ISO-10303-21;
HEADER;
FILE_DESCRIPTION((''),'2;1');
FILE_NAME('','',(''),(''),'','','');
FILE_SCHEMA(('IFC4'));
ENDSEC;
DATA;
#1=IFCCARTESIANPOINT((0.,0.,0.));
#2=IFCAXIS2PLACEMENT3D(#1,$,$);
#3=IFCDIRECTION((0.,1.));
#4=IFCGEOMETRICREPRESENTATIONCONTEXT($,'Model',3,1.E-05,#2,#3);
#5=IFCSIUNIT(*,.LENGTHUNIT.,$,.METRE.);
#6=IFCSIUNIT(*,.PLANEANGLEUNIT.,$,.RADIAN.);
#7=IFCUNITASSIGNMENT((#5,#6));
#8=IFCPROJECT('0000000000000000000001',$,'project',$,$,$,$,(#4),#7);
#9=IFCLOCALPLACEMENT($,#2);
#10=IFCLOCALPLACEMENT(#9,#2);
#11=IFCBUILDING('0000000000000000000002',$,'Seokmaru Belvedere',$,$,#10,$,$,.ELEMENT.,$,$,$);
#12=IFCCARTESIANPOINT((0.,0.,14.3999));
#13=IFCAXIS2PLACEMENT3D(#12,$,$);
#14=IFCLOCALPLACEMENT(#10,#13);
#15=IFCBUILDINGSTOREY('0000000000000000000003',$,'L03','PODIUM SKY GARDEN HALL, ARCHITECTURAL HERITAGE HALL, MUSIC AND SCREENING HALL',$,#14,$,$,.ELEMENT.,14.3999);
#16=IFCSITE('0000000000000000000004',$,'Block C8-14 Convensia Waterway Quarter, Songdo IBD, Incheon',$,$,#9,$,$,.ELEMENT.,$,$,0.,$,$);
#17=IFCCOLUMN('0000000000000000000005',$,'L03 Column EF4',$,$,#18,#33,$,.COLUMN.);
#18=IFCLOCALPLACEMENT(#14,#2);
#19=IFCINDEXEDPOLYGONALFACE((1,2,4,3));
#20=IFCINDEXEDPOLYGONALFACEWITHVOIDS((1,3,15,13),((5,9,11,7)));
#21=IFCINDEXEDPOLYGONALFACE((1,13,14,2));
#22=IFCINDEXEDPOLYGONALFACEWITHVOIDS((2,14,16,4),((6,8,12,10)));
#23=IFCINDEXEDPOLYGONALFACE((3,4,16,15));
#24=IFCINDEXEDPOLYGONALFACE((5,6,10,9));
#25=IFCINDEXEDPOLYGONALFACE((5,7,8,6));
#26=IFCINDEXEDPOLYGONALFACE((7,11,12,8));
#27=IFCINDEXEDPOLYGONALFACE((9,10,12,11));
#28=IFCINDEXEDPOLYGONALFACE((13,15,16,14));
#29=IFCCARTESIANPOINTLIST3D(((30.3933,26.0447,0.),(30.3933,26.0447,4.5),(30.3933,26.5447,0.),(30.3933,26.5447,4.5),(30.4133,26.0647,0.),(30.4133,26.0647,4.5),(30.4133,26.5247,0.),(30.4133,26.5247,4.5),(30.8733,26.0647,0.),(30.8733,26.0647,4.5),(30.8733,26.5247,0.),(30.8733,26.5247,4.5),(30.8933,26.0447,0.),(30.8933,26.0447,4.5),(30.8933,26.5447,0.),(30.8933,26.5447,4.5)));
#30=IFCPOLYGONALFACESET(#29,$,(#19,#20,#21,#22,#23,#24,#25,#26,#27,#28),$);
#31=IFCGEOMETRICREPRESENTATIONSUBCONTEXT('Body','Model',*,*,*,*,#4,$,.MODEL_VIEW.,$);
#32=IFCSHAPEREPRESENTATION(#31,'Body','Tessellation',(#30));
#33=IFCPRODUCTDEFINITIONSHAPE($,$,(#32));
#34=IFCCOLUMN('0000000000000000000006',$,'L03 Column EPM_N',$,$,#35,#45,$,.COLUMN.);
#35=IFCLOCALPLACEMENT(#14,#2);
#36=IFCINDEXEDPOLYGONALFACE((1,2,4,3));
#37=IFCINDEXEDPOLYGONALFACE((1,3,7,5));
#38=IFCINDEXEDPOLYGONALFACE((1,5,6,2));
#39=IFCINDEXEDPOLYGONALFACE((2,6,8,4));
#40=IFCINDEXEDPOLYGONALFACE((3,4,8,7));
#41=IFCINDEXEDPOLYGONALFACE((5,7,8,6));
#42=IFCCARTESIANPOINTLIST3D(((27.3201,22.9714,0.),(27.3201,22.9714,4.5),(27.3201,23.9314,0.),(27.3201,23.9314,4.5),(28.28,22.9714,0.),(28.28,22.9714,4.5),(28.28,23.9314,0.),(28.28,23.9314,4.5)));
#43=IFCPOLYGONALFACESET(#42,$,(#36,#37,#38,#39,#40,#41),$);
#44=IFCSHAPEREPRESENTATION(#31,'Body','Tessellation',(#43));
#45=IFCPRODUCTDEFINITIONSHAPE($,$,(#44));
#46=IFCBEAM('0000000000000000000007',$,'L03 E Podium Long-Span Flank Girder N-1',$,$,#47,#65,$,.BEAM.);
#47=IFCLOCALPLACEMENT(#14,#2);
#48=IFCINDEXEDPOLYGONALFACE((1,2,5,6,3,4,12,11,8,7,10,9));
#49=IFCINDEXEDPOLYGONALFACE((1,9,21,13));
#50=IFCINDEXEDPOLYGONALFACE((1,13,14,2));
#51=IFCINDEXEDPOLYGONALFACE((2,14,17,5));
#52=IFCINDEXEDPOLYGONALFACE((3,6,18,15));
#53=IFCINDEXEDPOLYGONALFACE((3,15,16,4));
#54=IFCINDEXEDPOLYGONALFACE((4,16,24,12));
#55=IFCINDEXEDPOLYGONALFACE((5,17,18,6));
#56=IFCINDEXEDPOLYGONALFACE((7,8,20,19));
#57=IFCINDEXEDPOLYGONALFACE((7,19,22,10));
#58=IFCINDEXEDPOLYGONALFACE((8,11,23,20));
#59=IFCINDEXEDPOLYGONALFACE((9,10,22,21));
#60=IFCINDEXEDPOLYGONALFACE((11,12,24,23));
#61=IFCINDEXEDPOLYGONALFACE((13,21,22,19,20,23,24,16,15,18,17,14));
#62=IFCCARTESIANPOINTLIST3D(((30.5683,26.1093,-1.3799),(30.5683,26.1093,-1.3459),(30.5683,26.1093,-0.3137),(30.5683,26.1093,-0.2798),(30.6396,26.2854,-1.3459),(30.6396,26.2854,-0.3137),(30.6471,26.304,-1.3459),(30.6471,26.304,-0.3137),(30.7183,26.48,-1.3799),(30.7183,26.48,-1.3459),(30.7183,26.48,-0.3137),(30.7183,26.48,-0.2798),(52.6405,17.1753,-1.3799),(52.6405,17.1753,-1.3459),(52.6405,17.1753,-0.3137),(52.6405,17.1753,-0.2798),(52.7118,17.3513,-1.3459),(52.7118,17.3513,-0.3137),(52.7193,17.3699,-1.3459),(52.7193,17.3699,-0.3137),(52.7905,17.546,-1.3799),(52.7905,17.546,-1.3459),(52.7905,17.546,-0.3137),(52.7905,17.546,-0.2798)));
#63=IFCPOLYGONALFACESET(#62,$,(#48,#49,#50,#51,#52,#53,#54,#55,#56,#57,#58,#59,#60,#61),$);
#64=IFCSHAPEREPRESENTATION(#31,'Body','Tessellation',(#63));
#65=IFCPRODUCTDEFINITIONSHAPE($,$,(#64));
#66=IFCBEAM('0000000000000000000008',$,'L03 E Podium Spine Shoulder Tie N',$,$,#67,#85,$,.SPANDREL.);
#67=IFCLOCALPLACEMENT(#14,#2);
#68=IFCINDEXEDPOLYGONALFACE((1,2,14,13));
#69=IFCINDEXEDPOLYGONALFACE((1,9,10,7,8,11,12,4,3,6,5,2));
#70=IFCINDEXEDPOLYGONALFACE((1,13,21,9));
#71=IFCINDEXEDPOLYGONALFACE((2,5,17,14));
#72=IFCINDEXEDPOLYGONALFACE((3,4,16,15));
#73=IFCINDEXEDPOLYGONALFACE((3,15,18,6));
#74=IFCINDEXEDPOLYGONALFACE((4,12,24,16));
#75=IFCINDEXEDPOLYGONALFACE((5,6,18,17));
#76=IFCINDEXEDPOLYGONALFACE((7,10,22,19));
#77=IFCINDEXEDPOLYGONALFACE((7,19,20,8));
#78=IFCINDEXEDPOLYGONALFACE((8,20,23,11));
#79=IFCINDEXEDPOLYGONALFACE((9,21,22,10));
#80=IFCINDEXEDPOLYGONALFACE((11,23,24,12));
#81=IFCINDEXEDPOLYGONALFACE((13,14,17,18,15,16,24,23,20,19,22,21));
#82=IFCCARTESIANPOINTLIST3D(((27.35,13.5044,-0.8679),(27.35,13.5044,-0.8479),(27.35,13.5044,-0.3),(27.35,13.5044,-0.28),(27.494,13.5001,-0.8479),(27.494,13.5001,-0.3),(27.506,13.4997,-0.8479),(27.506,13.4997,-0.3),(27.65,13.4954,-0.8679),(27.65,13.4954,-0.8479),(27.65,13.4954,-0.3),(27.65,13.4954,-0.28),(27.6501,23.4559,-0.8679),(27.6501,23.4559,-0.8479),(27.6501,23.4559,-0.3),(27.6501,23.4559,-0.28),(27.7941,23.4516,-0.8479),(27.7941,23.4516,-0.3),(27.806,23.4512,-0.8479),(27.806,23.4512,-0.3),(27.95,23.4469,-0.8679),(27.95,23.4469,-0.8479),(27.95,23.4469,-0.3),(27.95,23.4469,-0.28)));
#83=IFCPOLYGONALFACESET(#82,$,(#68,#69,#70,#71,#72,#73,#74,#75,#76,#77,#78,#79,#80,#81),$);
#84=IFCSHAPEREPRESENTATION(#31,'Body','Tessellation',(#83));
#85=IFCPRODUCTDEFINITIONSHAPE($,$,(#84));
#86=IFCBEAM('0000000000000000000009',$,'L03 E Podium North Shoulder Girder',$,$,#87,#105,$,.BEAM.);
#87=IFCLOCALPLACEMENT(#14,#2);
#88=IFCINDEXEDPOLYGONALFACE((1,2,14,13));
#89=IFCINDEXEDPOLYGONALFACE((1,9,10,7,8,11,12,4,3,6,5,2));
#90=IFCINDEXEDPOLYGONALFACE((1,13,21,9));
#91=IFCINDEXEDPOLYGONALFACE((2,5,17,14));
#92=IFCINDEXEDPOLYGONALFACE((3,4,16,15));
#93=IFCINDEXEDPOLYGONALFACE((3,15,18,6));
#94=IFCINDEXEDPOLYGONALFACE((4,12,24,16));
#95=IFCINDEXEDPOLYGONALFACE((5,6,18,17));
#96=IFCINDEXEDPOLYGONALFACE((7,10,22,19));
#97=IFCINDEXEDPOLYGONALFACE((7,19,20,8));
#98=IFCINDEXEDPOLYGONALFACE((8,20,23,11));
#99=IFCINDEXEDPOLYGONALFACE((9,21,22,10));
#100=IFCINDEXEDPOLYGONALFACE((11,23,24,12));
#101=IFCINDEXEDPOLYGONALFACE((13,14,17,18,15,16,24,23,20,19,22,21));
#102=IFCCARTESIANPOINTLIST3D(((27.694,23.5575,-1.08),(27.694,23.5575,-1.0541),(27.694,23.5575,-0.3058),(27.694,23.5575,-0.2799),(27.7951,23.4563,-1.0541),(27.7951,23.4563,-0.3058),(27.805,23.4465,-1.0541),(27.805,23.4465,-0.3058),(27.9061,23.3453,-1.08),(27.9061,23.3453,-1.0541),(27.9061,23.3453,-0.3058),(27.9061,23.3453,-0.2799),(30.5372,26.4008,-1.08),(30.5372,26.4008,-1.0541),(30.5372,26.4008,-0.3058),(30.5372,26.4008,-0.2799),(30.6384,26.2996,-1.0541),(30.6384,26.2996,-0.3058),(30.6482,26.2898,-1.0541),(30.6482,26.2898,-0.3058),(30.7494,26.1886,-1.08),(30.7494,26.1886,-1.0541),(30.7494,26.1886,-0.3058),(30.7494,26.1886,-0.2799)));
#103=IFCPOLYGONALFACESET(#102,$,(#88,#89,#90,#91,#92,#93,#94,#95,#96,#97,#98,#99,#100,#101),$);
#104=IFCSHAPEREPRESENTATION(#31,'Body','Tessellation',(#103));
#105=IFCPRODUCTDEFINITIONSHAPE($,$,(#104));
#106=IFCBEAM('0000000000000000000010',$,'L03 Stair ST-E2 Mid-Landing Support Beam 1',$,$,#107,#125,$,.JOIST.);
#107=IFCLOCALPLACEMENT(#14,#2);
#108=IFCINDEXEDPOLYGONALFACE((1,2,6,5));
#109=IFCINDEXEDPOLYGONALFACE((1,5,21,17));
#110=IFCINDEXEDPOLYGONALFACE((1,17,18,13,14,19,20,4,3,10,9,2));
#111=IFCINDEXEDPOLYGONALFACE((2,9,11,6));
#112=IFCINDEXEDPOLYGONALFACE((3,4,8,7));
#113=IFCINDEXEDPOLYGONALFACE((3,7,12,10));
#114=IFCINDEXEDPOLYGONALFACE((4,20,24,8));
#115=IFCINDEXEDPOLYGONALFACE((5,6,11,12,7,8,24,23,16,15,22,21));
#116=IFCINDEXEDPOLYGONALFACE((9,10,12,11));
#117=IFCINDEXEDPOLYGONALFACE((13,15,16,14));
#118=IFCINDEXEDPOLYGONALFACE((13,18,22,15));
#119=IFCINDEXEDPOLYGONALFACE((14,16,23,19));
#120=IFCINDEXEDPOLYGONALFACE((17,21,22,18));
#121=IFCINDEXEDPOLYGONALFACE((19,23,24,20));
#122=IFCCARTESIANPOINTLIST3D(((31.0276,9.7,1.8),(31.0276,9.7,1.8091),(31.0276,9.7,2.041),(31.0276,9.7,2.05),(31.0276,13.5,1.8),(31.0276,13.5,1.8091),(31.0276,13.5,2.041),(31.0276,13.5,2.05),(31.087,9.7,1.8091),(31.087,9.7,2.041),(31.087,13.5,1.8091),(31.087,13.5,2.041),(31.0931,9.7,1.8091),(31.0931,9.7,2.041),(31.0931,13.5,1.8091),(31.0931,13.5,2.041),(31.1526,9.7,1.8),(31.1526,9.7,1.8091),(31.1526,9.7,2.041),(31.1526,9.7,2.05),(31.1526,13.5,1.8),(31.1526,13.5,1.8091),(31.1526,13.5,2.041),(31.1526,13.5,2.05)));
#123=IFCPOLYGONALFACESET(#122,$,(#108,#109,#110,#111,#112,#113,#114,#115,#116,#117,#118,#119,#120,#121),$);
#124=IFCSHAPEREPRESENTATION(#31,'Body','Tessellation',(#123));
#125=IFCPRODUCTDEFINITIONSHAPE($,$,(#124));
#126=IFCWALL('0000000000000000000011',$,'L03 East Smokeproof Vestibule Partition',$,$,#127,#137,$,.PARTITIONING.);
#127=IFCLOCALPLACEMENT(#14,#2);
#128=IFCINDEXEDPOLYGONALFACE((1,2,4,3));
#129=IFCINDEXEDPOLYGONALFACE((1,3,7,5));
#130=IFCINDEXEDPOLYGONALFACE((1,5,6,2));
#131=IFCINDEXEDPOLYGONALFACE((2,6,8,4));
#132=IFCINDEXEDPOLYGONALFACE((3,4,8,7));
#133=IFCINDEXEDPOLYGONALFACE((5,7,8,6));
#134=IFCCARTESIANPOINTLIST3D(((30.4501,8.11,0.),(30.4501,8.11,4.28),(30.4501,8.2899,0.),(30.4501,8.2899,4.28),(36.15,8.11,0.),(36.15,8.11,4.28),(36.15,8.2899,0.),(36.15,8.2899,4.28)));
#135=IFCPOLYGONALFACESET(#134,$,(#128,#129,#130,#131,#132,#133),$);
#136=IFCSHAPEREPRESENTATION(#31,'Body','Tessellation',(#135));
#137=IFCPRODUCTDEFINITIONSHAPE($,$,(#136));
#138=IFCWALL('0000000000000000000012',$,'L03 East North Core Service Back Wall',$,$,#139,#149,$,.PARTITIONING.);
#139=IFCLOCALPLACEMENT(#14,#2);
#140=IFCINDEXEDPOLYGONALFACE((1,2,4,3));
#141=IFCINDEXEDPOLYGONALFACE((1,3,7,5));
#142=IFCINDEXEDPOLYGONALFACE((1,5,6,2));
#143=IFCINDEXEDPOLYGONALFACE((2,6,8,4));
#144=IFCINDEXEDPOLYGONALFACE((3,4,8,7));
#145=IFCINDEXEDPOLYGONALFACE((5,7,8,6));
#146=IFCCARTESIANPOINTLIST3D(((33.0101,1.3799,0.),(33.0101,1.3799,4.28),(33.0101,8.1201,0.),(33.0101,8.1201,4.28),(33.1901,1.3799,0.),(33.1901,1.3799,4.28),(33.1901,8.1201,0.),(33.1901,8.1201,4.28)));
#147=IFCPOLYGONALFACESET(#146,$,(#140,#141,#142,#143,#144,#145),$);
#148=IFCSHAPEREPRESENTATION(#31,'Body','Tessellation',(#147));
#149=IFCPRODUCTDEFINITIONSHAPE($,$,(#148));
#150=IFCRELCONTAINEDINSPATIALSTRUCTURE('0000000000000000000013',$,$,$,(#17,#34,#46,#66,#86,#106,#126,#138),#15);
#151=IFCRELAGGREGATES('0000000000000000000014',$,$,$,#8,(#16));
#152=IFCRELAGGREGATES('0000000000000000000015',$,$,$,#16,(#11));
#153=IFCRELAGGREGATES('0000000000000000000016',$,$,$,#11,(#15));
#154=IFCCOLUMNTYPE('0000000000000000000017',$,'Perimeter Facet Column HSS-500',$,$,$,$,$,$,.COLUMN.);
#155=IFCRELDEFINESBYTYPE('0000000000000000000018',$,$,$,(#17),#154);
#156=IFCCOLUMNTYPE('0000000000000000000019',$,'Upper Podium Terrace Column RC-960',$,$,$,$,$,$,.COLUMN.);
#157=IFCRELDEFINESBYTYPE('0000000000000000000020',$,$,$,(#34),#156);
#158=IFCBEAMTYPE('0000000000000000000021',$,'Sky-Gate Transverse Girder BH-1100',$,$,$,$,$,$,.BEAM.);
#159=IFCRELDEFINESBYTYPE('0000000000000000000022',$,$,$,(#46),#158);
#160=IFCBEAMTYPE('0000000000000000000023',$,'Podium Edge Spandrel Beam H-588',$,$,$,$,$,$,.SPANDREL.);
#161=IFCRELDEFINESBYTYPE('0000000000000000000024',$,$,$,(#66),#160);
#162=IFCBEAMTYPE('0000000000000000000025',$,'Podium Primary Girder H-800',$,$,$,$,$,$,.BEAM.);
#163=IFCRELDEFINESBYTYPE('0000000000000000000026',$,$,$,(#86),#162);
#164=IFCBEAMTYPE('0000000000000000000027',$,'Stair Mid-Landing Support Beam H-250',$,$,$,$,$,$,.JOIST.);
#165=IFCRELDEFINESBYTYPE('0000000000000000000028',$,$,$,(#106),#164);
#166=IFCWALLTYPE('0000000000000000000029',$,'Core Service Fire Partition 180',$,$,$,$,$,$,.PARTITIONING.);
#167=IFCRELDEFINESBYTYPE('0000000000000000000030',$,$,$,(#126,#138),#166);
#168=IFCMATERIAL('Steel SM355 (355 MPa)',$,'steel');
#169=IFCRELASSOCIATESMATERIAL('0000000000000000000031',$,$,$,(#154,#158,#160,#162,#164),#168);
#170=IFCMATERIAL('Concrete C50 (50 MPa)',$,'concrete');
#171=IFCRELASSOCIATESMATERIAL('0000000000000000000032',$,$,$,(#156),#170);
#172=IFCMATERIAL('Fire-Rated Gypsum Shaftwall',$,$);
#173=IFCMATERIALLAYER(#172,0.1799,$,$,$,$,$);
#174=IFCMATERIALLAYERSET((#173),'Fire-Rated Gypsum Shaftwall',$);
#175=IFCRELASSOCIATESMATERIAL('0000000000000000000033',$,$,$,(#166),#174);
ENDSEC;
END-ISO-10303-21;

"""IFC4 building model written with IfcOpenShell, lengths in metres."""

from ifc_helpers import new_model, si_unit, direction, frame, frame_2d, origin, origin_2d, place, context, subcontext, project, spatial, rectangle, hollow_rectangle, i_section, extrude, source, transform, mapped, material, layer, layer_set, material_profile, profile_set, type_object, type_shapes, element, save


model = new_model("IFC4")

# Units and contexts
model_context = context("Model", 3, precision=1e-05, world=origin(), true_north=direction((0.0, 1.0)))
body_context = subcontext(model_context, "Body", "Model", "MODEL_VIEW")
ifc_project = project(units=[si_unit("LENGTHUNIT", "METRE"), si_unit("PLANEANGLEUNIT", "RADIAN")], contexts=[model_context])

# Site, building, storey
site_placement = place(None, origin())
site = spatial("IfcSite", under=ifc_project, at=site_placement, Name="Block C8-14 Convensia Waterway Quarter, Songdo IBD, Incheon", CompositionType="ELEMENT", RefElevation=0.0)
building_placement = place(site_placement, origin())
building = spatial("IfcBuilding", under=site, at=building_placement, Name="Seokmaru Belvedere", CompositionType="ELEMENT")
storey_placement = place(building_placement, frame((0.0, 0.0, 14.3999)))
storey = spatial("IfcBuildingStorey", under=building, at=storey_placement, Name="L03", Description="PODIUM SKY GARDEN HALL, ARCHITECTURAL HERITAGE HALL, MUSIC AND SCREENING HALL", CompositionType="ELEMENT", Elevation=14.3999)

# Columns
ifc_material_1 = material(Name="Steel SM355 (355 MPa)", Category="steel")
ifc_material_profile_1 = material_profile(ifc_material_1, hollow_rectangle(XDim=0.5, YDim=0.5, WallThickness=0.02, at=origin_2d()), Name="HSS-500x500x20")
ifc_profile_set_1 = profile_set([ifc_material_profile_1], Name="Steel SM355 (355 MPa)")
column_type_1 = type_object("IfcColumnType", Name="Perimeter Facet Column HSS-500", PredefinedType="COLUMN", material=ifc_profile_set_1)
shared_shape_1 = source(origin(), body_context, "Body", "SweptSolid", [
    extrude(hollow_rectangle(XDim=0.5, YDim=0.5, WallThickness=0.02, at=origin_2d()), origin(), (0.0, 0.0, 1.0), 4.5),
])
type_shapes(column_type_1, [shared_shape_1])
column_1_placement = place(storey_placement, frame((30.6433, 26.2947, 0.0), z_axis=(0.0, 0.0, 1.0), x_axis=(1.0, 0.0, 0.0)))
element("IfcColumn", 1, at=column_1_placement, inside=storey, type_object=column_type_1, Name="L03 Column EF4", PredefinedType="COLUMN", context=body_context, shape_type="MappedRepresentation", body=[
    mapped(shared_shape_1, transform((0.0, 0.0, 0.0), scale=1.0)),
])
ifc_material_2 = material(Name="Concrete C50 (50 MPa)", Category="concrete")
ifc_material_profile_2 = material_profile(ifc_material_2, rectangle(XDim=0.96, YDim=0.96, at=origin_2d()), Name="RC-960x960")
ifc_profile_set_2 = profile_set([ifc_material_profile_2], Name="Concrete C50 (50 MPa)")
column_type_2 = type_object("IfcColumnType", Name="Upper Podium Terrace Column RC-960", PredefinedType="COLUMN", material=ifc_profile_set_2)
shared_shape_2 = source(origin(), body_context, "Body", "SweptSolid", [
    extrude(rectangle(XDim=0.96, YDim=0.96, at=origin_2d()), origin(), (0.0, 0.0, 1.0), 4.5),
])
type_shapes(column_type_2, [shared_shape_2])
column_2_placement = place(storey_placement, frame((27.8, 23.4514, 0.0), z_axis=(0.0, 0.0, 1.0), x_axis=(1.0, 0.0, 0.0)))
element("IfcColumn", 2, at=column_2_placement, inside=storey, type_object=column_type_2, Name="L03 Column EPM_N", PredefinedType="COLUMN", context=body_context, shape_type="MappedRepresentation", body=[
    mapped(shared_shape_2, transform((0.0, 0.0, 0.0), scale=1.0)),
])

# Beams
ifc_material_profile_3 = material_profile(ifc_material_1, i_section(OverallWidth=0.3999, OverallDepth=1.1001, WebThickness=0.02, FlangeThickness=0.0339, at=origin_2d()), Name="BH-1100x400x20x34")
ifc_profile_set_3 = profile_set([ifc_material_profile_3], Name="Steel SM355 (355 MPa)")
beam_type_1 = type_object("IfcBeamType", Name="Sky-Gate Transverse Girder BH-1100", PredefinedType="BEAM", material=ifc_profile_set_3)
shared_shape_3 = source(origin(), body_context, "Body", "SweptSolid", [
    extrude(i_section(OverallWidth=0.3999, OverallDepth=1.1001, WebThickness=0.02, FlangeThickness=0.0339, at=origin_2d()), origin(), (0.0, 0.0, 1.0), 23.8118),
])
type_shapes(beam_type_1, [shared_shape_3])
beam_1_placement = place(storey_placement, frame((30.6433, 26.2947, -0.8298), z_axis=(0.926946, -0.375195, 0.0), x_axis=(0.375195, 0.926946, 0.0)))
element("IfcBeam", 3, at=beam_1_placement, inside=storey, type_object=beam_type_1, Name="L03 E Podium Long-Span Flank Girder N-1", PredefinedType="BEAM", context=body_context, shape_type="MappedRepresentation", body=[
    mapped(shared_shape_3, transform((0.0, 0.0, 0.0), scale=1.0)),
])
ifc_material_profile_4 = material_profile(ifc_material_1, i_section(OverallWidth=0.3, OverallDepth=0.5879, WebThickness=0.012, FlangeThickness=0.02, at=origin_2d()), Name="H-588x300x12x20")
ifc_profile_set_4 = profile_set([ifc_material_profile_4], Name="Steel SM355 (355 MPa)")
beam_type_2 = type_object("IfcBeamType", Name="Podium Edge Spandrel Beam H-588", PredefinedType="SPANDREL", material=ifc_profile_set_4)
shared_shape_4 = source(origin(), body_context, "Body", "SweptSolid", [
    extrude(i_section(OverallWidth=0.3, OverallDepth=0.5879, WebThickness=0.012, FlangeThickness=0.02, at=origin_2d()), origin(), (0.0, 0.0, 1.0), 9.9561),
])
type_shapes(beam_type_2, [shared_shape_4])
beam_2_placement = place(storey_placement, frame((27.8, 23.4514, -0.574), z_axis=(-0.030138, -0.999546, 0.0), x_axis=(0.999546, -0.030138, 0.0)))
element("IfcBeam", 4, at=beam_2_placement, inside=storey, type_object=beam_type_2, Name="L03 E Podium Spine Shoulder Tie N", PredefinedType="SPANDREL", context=body_context, shape_type="MappedRepresentation", body=[
    mapped(shared_shape_4, transform((0.0, 0.0, 0.0), scale=1.0)),
])
ifc_material_profile_5 = material_profile(ifc_material_1, i_section(OverallWidth=0.3, OverallDepth=0.8, WebThickness=0.0139, FlangeThickness=0.0259, at=origin_2d()), Name="H-800x300x14x26")
ifc_profile_set_5 = profile_set([ifc_material_profile_5], Name="Steel SM355 (355 MPa)")
beam_type_3 = type_object("IfcBeamType", Name="Podium Primary Girder H-800", PredefinedType="BEAM", material=ifc_profile_set_5)
shared_shape_5 = source(origin(), body_context, "Body", "SweptSolid", [
    extrude(i_section(OverallWidth=0.3, OverallDepth=0.8, WebThickness=0.0139, FlangeThickness=0.0259, at=origin_2d()), origin(), (0.0, 0.0, 1.0), 4.021),
])
type_shapes(beam_type_3, [shared_shape_5])
beam_3_placement = place(storey_placement, frame((30.6433, 26.2947, -0.6799), z_axis=(-0.707107, -0.707107, 0.0), x_axis=(0.707107, -0.707107, 0.0)))
element("IfcBeam", 5, at=beam_3_placement, inside=storey, type_object=beam_type_3, Name="L03 E Podium North Shoulder Girder", PredefinedType="BEAM", context=body_context, shape_type="MappedRepresentation", body=[
    mapped(shared_shape_5, transform((0.0, 0.0, 0.0), scale=1.0)),
])
ifc_material_profile_6 = material_profile(ifc_material_1, i_section(OverallWidth=0.125, OverallDepth=0.25, WebThickness=0.0061, FlangeThickness=0.009, at=origin_2d()), Name="H-250x125x6x9")
ifc_profile_set_6 = profile_set([ifc_material_profile_6], Name="Steel SM355 (355 MPa)")
beam_type_4 = type_object("IfcBeamType", Name="Stair Mid-Landing Support Beam H-250", PredefinedType="JOIST", material=ifc_profile_set_6)
shared_shape_6 = source(origin(), body_context, "Body", "SweptSolid", [
    extrude(i_section(OverallWidth=0.125, OverallDepth=0.25, WebThickness=0.0061, FlangeThickness=0.009, at=origin_2d()), origin(), (0.0, 0.0, 1.0), 3.8),
])
type_shapes(beam_type_4, [shared_shape_6])
beam_4_placement = place(storey_placement, frame((31.0901, 9.7, 1.925), z_axis=(0.0, 1.0, 0.0), x_axis=(-1.0, 0.0, 0.0)))
element("IfcBeam", 6, at=beam_4_placement, inside=storey, type_object=beam_type_4, Name="L03 Stair ST-E2 Mid-Landing Support Beam 1", PredefinedType="JOIST", context=body_context, shape_type="MappedRepresentation", body=[
    mapped(shared_shape_6, transform((0.0, 0.0, 0.0), scale=1.0)),
])

# Walls
ifc_material_3 = material(Name="Fire-Rated Gypsum Shaftwall")
ifc_layer_1 = layer(ifc_material_3, 0.1799)
ifc_layer_set_1 = layer_set([ifc_layer_1], Name="Fire-Rated Gypsum Shaftwall")
wall_type_1 = type_object("IfcWallType", Name="Core Service Fire Partition 180", PredefinedType="PARTITIONING", material=ifc_layer_set_1)
wall_1_placement = place(storey_placement, frame((30.45, 8.2, 0.0), z_axis=(0.0, 0.0, 1.0), x_axis=(1.0, 0.0, 0.0)))
element("IfcWall", 7, at=wall_1_placement, inside=storey, type_object=wall_type_1, Name="L03 East Smokeproof Vestibule Partition", PredefinedType="PARTITIONING", context=body_context, shape_type="SweptSolid", body=[
    extrude(rectangle(XDim=5.7, YDim=0.1799, at=frame_2d((2.8501, 0.0))), origin(), (0.0, 0.0, 1.0), 4.28),
])
wall_2_placement = place(storey_placement, frame((33.1001, 1.3799, 0.0), z_axis=(0.0, 0.0, 1.0), x_axis=(0.0, 1.0, 0.0)))
element("IfcWall", 8, at=wall_2_placement, inside=storey, type_object=wall_type_1, Name="L03 East North Core Service Back Wall", PredefinedType="PARTITIONING", context=body_context, shape_type="SweptSolid", body=[
    extrude(rectangle(XDim=6.7402, YDim=0.1799, at=frame_2d((3.3701, 0.0))), origin(), (0.0, 0.0, 1.0), 4.28),
])

save(model, "model.ifc")
